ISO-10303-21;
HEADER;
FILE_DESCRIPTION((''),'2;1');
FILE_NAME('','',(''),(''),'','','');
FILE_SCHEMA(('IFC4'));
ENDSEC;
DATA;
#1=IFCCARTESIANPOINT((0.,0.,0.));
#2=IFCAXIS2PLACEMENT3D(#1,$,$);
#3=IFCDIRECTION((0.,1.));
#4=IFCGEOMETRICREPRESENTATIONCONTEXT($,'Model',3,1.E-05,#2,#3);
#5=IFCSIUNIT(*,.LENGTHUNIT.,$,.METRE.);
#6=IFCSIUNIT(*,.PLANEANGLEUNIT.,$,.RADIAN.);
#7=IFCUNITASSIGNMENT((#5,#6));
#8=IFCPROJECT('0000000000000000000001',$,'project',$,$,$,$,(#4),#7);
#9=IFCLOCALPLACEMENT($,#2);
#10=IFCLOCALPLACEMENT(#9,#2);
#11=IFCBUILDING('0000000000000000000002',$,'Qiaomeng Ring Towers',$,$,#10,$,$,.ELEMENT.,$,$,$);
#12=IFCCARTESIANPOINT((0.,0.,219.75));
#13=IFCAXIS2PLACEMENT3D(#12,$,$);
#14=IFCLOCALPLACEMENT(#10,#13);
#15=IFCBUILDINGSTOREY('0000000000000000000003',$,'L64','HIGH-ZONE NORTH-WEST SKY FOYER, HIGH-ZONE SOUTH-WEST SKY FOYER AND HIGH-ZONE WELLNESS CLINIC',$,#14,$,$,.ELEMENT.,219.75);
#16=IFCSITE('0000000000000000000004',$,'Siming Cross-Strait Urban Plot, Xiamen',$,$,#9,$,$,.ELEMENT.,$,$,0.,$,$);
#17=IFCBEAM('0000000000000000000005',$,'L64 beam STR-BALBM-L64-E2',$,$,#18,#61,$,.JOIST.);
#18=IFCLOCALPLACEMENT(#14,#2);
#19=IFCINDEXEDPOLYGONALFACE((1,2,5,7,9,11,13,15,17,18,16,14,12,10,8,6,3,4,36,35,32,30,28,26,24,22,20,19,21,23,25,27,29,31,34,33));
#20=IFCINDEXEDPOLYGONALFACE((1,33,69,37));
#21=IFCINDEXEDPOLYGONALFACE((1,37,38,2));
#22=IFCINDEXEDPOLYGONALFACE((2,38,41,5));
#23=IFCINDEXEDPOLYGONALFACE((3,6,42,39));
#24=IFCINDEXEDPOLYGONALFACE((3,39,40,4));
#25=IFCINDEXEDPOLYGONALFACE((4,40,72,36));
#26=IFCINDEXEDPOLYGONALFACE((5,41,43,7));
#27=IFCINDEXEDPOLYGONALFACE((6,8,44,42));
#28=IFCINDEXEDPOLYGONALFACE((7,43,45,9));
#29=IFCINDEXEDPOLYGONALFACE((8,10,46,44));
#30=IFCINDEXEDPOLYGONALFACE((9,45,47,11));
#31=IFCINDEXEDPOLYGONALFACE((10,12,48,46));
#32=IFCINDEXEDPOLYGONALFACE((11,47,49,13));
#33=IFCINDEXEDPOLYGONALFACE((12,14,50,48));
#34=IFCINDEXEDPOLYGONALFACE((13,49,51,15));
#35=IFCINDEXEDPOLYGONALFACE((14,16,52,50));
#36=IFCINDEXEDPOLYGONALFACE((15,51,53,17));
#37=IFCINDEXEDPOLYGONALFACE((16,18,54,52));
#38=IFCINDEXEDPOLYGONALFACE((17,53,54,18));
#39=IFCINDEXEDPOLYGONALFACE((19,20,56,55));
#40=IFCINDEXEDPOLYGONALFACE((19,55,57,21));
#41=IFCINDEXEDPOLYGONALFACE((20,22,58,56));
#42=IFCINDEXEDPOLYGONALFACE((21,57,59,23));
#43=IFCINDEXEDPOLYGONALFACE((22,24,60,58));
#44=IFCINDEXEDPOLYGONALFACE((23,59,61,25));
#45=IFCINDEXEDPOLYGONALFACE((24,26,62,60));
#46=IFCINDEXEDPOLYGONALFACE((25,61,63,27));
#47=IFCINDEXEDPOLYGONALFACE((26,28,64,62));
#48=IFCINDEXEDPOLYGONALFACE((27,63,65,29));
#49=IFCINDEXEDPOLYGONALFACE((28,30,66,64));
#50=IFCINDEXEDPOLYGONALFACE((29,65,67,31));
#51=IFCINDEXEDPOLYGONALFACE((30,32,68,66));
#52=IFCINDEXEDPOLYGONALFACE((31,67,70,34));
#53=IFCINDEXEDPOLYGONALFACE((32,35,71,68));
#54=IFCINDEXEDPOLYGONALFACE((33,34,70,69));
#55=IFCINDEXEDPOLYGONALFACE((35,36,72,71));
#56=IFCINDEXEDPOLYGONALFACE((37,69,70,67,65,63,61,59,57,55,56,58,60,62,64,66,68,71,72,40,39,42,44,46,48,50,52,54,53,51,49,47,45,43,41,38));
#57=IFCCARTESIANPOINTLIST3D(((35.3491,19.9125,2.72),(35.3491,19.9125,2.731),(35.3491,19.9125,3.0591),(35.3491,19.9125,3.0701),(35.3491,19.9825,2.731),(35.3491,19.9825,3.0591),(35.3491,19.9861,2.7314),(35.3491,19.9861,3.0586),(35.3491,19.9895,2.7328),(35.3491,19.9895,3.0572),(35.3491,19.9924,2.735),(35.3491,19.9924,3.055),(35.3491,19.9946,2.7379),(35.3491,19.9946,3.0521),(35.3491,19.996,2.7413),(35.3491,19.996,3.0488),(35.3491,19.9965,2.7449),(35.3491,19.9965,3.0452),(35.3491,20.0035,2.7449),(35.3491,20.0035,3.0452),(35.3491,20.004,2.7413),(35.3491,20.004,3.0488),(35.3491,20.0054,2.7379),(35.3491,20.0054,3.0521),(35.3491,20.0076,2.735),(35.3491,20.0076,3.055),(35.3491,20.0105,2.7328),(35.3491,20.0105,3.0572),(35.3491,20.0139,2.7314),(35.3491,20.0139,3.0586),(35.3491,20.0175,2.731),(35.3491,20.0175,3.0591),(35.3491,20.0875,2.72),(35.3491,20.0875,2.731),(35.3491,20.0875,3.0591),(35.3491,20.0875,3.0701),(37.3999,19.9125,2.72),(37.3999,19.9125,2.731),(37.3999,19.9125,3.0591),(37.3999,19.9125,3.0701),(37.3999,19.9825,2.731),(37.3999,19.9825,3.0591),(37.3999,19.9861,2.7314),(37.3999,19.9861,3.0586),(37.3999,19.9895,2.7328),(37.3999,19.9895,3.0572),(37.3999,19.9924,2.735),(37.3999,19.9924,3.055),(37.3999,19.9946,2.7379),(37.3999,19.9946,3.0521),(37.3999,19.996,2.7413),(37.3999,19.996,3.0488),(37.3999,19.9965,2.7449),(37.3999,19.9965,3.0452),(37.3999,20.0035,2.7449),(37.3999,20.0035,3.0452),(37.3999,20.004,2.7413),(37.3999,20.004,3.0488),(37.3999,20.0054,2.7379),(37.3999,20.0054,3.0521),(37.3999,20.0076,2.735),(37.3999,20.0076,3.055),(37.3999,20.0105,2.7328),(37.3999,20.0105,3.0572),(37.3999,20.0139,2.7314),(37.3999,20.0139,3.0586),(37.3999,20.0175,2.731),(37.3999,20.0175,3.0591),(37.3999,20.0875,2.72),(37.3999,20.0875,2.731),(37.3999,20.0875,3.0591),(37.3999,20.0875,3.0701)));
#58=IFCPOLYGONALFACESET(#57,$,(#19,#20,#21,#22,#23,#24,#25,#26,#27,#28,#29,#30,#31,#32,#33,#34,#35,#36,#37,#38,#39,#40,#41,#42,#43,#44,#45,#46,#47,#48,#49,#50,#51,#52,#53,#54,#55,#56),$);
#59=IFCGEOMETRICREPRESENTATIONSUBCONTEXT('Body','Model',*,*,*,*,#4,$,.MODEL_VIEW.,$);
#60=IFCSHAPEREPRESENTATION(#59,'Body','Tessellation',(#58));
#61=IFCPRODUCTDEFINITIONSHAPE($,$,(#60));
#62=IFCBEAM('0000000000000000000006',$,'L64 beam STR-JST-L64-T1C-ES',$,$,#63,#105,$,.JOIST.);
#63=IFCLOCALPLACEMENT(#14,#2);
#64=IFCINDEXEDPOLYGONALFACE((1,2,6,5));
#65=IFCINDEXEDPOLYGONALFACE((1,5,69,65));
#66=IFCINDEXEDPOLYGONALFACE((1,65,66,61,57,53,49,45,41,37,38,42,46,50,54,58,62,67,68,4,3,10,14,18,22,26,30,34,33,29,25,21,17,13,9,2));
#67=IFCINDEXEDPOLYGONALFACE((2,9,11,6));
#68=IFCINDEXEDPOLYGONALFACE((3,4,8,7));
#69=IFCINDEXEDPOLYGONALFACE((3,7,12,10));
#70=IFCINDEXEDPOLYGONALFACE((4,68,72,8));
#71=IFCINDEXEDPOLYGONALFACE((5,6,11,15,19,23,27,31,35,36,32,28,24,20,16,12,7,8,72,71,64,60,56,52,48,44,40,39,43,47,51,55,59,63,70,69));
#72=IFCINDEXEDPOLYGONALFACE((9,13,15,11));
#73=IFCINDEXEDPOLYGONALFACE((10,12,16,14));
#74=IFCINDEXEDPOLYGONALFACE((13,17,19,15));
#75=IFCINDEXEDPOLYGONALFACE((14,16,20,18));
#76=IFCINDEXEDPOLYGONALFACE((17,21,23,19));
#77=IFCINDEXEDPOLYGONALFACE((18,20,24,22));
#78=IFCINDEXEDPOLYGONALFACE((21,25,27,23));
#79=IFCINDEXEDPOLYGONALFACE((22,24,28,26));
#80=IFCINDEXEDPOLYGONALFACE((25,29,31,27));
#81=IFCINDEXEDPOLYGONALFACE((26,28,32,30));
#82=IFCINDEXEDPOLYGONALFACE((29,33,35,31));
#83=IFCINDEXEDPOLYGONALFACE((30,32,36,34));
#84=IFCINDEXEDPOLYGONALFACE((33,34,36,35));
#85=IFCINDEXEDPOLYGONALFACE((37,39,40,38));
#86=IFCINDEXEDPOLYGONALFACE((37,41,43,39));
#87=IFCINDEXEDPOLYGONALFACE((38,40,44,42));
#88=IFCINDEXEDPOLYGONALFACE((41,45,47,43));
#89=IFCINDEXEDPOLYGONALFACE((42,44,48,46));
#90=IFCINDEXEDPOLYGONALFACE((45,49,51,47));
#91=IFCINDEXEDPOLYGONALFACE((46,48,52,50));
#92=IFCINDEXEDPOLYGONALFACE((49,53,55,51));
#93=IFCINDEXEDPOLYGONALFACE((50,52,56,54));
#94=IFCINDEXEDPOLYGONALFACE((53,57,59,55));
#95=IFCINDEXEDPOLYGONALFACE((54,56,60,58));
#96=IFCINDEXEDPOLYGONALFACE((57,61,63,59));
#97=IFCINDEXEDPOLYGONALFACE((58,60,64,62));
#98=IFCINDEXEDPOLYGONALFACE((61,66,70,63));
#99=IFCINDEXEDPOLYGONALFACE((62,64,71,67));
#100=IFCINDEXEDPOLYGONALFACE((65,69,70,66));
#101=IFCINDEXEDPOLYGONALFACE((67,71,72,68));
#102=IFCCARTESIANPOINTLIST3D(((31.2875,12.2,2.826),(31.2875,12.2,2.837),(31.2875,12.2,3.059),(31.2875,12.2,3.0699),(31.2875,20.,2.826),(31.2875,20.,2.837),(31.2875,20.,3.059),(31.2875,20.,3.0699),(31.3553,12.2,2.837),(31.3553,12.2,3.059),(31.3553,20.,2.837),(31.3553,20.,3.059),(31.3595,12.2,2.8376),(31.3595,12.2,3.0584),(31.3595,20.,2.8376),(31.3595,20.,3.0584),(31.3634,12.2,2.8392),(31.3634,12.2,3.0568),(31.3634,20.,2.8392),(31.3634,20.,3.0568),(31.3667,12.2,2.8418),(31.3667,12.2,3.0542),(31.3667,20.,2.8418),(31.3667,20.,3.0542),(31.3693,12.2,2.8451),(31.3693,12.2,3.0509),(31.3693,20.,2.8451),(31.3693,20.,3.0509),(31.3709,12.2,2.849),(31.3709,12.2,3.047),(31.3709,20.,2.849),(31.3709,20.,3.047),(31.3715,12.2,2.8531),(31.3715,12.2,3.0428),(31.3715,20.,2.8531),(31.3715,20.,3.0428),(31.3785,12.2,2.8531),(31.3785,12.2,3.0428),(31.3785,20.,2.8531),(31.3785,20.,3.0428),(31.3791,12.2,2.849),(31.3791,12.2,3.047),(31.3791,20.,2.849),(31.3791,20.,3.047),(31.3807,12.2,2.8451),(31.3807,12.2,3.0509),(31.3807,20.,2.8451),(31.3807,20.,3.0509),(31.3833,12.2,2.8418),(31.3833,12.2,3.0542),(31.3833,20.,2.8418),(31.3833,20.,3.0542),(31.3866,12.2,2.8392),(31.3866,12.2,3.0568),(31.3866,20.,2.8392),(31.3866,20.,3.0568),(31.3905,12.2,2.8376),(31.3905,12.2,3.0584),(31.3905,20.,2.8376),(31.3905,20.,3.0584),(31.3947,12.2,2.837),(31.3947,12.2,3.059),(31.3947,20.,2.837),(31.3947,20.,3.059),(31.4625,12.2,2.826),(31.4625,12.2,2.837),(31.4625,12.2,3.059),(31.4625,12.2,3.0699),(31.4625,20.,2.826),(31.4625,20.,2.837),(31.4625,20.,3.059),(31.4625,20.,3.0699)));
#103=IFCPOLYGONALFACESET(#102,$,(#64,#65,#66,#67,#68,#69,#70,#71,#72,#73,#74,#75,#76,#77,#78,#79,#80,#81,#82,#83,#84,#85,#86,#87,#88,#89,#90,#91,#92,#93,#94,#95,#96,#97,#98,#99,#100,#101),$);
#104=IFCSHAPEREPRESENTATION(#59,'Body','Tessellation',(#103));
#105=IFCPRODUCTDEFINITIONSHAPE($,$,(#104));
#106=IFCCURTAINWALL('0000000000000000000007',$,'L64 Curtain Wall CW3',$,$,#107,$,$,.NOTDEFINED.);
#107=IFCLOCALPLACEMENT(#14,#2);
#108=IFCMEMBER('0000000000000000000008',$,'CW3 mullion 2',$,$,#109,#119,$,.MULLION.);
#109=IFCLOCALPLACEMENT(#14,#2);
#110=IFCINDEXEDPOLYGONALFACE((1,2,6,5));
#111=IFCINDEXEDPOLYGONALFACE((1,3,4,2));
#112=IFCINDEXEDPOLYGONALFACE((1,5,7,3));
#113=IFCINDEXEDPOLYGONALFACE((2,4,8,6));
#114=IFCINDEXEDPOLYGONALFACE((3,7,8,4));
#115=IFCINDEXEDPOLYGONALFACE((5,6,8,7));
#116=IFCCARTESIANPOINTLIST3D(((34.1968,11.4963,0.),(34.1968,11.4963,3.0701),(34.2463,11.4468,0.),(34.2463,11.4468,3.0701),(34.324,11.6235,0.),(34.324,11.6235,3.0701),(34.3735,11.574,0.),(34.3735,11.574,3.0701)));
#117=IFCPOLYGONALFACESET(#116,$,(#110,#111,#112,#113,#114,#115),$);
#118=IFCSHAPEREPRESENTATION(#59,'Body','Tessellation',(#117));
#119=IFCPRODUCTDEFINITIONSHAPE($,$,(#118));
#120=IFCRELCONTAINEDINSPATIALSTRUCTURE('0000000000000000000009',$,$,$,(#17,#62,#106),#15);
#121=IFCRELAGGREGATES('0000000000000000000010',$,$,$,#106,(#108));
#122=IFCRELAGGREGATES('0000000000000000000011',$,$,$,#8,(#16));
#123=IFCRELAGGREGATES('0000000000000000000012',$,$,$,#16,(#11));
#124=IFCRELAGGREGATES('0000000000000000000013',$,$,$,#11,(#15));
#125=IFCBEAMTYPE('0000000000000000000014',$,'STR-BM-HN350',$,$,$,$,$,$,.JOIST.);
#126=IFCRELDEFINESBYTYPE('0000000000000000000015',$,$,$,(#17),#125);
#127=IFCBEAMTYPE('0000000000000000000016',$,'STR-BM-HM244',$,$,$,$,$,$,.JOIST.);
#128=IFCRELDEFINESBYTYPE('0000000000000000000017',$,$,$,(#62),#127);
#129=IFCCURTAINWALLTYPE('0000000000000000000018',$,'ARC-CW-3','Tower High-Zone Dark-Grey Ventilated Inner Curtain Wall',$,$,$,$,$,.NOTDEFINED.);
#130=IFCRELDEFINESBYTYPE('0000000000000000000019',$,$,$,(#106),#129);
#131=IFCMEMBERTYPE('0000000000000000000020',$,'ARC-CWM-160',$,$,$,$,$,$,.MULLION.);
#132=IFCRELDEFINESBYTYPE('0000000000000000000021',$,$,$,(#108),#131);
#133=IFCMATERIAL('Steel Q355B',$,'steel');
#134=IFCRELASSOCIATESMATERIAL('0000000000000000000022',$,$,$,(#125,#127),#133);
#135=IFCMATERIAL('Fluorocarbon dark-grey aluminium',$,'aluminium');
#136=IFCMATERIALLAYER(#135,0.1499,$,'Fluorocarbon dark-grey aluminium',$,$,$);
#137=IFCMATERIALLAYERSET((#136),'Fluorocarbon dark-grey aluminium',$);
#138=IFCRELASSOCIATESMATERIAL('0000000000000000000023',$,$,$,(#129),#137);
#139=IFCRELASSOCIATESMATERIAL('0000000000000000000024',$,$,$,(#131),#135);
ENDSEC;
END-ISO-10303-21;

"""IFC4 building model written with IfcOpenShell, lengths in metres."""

from ifc_helpers import new_model, si_unit, direction, frame, origin, origin_2d, place, context, subcontext, project, spatial, rectangle, i_section, extrude, source, transform, mapped, material, layer, layer_set, material_profile, profile_set, type_object, element, aggregate, save


model = new_model("IFC4")

# Units and contexts
model_context = context("Model", 3, precision=1e-05, world=origin(), true_north=direction((0.0, 1.0)))
body_context = subcontext(model_context, "Body", "Model", "MODEL_VIEW")
ifc_project = project(units=[si_unit("LENGTHUNIT", "METRE"), si_unit("PLANEANGLEUNIT", "RADIAN")], contexts=[model_context])

# Site, building, storey
site_placement = place(None, origin())
site = spatial("IfcSite", under=ifc_project, at=site_placement, Name="Siming Cross-Strait Urban Plot, Xiamen", CompositionType="ELEMENT", RefElevation=0.0)
building_placement = place(site_placement, origin())
building = spatial("IfcBuilding", under=site, at=building_placement, Name="Qiaomeng Ring Towers", CompositionType="ELEMENT")
storey_placement = place(building_placement, frame((0.0, 0.0, 219.75)))
storey = spatial("IfcBuildingStorey", under=building, at=storey_placement, Name="L64", Description="HIGH-ZONE NORTH-WEST SKY FOYER, HIGH-ZONE SOUTH-WEST SKY FOYER AND HIGH-ZONE WELLNESS CLINIC", CompositionType="ELEMENT", Elevation=219.75)

# Beams
ifc_material_1 = material(Name="Steel Q355B", Category="steel")
ifc_material_profile_1 = material_profile(ifc_material_1, i_section(OverallWidth=0.175, OverallDepth=0.3501, WebThickness=0.0071, FlangeThickness=0.011, FilletRadius=0.0139, at=origin_2d()), Name="HN 350x175x7x11")
ifc_profile_set_1 = profile_set([ifc_material_profile_1], Name="Steel Q355B")
beam_type_1 = type_object("IfcBeamType", Name="STR-BM-HN350", PredefinedType="JOIST", material=ifc_profile_set_1)
shared_shape_1 = source(origin(), body_context, "Body", "SweptSolid", [
    extrude(i_section(OverallWidth=0.175, OverallDepth=0.3501, WebThickness=0.0071, FlangeThickness=0.011, FilletRadius=0.0139, at=origin_2d()), origin(), (0.0, 0.0, 1.0), 2.0508),
])
beam_1_placement = place(storey_placement, frame((35.3491, 20.0, 2.895), z_axis=(1.0, 0.0, 0.0), x_axis=(0.0, 1.0, 0.0)))
element("IfcBeam", 1, at=beam_1_placement, inside=storey, type_object=beam_type_1, Name="L64 beam STR-BALBM-L64-E2", PredefinedType="JOIST", context=body_context, shape_type="MappedRepresentation", body=[
    mapped(shared_shape_1, transform((0.0, 0.0, 0.0), x_axis=(1.0, 0.0, 0.0), y_axis=(0.0, 1.0, 0.0), z_axis=(0.0, 0.0, 1.0), scale=1.0)),
])
ifc_material_profile_2 = material_profile(ifc_material_1, i_section(OverallWidth=0.175, OverallDepth=0.2439, WebThickness=0.0071, FlangeThickness=0.011, FilletRadius=0.0161, at=origin_2d()), Name="HM 244x175x7x11")
ifc_profile_set_2 = profile_set([ifc_material_profile_2], Name="Steel Q355B")
beam_type_2 = type_object("IfcBeamType", Name="STR-BM-HM244", PredefinedType="JOIST", material=ifc_profile_set_2)
shared_shape_2 = source(origin(), body_context, "Body", "SweptSolid", [
    extrude(i_section(OverallWidth=0.175, OverallDepth=0.2439, WebThickness=0.0071, FlangeThickness=0.011, FilletRadius=0.0161, at=origin_2d()), origin(), (0.0, 0.0, 1.0), 7.8),
])
beam_2_placement = place(storey_placement, frame((31.375, 12.2, 2.948), z_axis=(0.0, 1.0, 0.0), x_axis=(-1.0, 0.0, 0.0)))
element("IfcBeam", 2, at=beam_2_placement, inside=storey, type_object=beam_type_2, Name="L64 beam STR-JST-L64-T1C-ES", PredefinedType="JOIST", context=body_context, shape_type="MappedRepresentation", body=[
    mapped(shared_shape_2, transform((0.0, 0.0, 0.0), x_axis=(1.0, 0.0, 0.0), y_axis=(0.0, 1.0, 0.0), z_axis=(0.0, 0.0, 1.0), scale=1.0)),
])

# Curtain wall, member
ifc_material_2 = material(Name="Fluorocarbon dark-grey aluminium", Category="aluminium")
ifc_layer_1 = layer(ifc_material_2, 0.1499, Name="Fluorocarbon dark-grey aluminium")
ifc_layer_set_1 = layer_set([ifc_layer_1], Name="Fluorocarbon dark-grey aluminium")
curtain_wall_type = type_object("IfcCurtainWallType", Name="ARC-CW-3", Description="Tower High-Zone Dark-Grey Ventilated Inner Curtain Wall", PredefinedType="NOTDEFINED", material=ifc_layer_set_1)
curtain_wall_placement = place(storey_placement, origin())
curtain_wall = element("IfcCurtainWall", 3, at=curtain_wall_placement, inside=storey, type_object=curtain_wall_type, Name="L64 Curtain Wall CW3", PredefinedType="NOTDEFINED")
ifc_material_profile_3 = material_profile(ifc_material_2, rectangle(XDim=0.0701, YDim=0.1799, at=origin_2d()), Name="ALU MULL 70x180")
ifc_profile_set_3 = profile_set([ifc_material_profile_3], Name="Fluorocarbon dark-grey aluminium")
member_type = type_object("IfcMemberType", Name="ARC-CWM-160", PredefinedType="MULLION", material=ifc_profile_set_3)
shared_shape_3 = source(origin(), body_context, "Body", "SweptSolid", [
    extrude(rectangle(XDim=0.0701, YDim=0.1799, at=origin_2d()), origin(), (0.0, 0.0, 1.0), 3.0701),
])
member_placement = place(storey_placement, frame((34.2852, 11.5352, 0.0), z_axis=(0.0, 0.0, 1.0), x_axis=(-0.707107, 0.707107, 0.0)))
member = element("IfcMember", 4, at=member_placement, type_object=member_type, Name="CW3 mullion 2", PredefinedType="MULLION", context=body_context, shape_type="MappedRepresentation", body=[
    mapped(shared_shape_3, transform((0.0, 0.0, 0.0), x_axis=(1.0, 0.0, 0.0), y_axis=(0.0, 1.0, 0.0), z_axis=(0.0, 0.0, 1.0), scale=1.0)),
])
aggregate(curtain_wall, [member])

save(model, "model.ifc")
